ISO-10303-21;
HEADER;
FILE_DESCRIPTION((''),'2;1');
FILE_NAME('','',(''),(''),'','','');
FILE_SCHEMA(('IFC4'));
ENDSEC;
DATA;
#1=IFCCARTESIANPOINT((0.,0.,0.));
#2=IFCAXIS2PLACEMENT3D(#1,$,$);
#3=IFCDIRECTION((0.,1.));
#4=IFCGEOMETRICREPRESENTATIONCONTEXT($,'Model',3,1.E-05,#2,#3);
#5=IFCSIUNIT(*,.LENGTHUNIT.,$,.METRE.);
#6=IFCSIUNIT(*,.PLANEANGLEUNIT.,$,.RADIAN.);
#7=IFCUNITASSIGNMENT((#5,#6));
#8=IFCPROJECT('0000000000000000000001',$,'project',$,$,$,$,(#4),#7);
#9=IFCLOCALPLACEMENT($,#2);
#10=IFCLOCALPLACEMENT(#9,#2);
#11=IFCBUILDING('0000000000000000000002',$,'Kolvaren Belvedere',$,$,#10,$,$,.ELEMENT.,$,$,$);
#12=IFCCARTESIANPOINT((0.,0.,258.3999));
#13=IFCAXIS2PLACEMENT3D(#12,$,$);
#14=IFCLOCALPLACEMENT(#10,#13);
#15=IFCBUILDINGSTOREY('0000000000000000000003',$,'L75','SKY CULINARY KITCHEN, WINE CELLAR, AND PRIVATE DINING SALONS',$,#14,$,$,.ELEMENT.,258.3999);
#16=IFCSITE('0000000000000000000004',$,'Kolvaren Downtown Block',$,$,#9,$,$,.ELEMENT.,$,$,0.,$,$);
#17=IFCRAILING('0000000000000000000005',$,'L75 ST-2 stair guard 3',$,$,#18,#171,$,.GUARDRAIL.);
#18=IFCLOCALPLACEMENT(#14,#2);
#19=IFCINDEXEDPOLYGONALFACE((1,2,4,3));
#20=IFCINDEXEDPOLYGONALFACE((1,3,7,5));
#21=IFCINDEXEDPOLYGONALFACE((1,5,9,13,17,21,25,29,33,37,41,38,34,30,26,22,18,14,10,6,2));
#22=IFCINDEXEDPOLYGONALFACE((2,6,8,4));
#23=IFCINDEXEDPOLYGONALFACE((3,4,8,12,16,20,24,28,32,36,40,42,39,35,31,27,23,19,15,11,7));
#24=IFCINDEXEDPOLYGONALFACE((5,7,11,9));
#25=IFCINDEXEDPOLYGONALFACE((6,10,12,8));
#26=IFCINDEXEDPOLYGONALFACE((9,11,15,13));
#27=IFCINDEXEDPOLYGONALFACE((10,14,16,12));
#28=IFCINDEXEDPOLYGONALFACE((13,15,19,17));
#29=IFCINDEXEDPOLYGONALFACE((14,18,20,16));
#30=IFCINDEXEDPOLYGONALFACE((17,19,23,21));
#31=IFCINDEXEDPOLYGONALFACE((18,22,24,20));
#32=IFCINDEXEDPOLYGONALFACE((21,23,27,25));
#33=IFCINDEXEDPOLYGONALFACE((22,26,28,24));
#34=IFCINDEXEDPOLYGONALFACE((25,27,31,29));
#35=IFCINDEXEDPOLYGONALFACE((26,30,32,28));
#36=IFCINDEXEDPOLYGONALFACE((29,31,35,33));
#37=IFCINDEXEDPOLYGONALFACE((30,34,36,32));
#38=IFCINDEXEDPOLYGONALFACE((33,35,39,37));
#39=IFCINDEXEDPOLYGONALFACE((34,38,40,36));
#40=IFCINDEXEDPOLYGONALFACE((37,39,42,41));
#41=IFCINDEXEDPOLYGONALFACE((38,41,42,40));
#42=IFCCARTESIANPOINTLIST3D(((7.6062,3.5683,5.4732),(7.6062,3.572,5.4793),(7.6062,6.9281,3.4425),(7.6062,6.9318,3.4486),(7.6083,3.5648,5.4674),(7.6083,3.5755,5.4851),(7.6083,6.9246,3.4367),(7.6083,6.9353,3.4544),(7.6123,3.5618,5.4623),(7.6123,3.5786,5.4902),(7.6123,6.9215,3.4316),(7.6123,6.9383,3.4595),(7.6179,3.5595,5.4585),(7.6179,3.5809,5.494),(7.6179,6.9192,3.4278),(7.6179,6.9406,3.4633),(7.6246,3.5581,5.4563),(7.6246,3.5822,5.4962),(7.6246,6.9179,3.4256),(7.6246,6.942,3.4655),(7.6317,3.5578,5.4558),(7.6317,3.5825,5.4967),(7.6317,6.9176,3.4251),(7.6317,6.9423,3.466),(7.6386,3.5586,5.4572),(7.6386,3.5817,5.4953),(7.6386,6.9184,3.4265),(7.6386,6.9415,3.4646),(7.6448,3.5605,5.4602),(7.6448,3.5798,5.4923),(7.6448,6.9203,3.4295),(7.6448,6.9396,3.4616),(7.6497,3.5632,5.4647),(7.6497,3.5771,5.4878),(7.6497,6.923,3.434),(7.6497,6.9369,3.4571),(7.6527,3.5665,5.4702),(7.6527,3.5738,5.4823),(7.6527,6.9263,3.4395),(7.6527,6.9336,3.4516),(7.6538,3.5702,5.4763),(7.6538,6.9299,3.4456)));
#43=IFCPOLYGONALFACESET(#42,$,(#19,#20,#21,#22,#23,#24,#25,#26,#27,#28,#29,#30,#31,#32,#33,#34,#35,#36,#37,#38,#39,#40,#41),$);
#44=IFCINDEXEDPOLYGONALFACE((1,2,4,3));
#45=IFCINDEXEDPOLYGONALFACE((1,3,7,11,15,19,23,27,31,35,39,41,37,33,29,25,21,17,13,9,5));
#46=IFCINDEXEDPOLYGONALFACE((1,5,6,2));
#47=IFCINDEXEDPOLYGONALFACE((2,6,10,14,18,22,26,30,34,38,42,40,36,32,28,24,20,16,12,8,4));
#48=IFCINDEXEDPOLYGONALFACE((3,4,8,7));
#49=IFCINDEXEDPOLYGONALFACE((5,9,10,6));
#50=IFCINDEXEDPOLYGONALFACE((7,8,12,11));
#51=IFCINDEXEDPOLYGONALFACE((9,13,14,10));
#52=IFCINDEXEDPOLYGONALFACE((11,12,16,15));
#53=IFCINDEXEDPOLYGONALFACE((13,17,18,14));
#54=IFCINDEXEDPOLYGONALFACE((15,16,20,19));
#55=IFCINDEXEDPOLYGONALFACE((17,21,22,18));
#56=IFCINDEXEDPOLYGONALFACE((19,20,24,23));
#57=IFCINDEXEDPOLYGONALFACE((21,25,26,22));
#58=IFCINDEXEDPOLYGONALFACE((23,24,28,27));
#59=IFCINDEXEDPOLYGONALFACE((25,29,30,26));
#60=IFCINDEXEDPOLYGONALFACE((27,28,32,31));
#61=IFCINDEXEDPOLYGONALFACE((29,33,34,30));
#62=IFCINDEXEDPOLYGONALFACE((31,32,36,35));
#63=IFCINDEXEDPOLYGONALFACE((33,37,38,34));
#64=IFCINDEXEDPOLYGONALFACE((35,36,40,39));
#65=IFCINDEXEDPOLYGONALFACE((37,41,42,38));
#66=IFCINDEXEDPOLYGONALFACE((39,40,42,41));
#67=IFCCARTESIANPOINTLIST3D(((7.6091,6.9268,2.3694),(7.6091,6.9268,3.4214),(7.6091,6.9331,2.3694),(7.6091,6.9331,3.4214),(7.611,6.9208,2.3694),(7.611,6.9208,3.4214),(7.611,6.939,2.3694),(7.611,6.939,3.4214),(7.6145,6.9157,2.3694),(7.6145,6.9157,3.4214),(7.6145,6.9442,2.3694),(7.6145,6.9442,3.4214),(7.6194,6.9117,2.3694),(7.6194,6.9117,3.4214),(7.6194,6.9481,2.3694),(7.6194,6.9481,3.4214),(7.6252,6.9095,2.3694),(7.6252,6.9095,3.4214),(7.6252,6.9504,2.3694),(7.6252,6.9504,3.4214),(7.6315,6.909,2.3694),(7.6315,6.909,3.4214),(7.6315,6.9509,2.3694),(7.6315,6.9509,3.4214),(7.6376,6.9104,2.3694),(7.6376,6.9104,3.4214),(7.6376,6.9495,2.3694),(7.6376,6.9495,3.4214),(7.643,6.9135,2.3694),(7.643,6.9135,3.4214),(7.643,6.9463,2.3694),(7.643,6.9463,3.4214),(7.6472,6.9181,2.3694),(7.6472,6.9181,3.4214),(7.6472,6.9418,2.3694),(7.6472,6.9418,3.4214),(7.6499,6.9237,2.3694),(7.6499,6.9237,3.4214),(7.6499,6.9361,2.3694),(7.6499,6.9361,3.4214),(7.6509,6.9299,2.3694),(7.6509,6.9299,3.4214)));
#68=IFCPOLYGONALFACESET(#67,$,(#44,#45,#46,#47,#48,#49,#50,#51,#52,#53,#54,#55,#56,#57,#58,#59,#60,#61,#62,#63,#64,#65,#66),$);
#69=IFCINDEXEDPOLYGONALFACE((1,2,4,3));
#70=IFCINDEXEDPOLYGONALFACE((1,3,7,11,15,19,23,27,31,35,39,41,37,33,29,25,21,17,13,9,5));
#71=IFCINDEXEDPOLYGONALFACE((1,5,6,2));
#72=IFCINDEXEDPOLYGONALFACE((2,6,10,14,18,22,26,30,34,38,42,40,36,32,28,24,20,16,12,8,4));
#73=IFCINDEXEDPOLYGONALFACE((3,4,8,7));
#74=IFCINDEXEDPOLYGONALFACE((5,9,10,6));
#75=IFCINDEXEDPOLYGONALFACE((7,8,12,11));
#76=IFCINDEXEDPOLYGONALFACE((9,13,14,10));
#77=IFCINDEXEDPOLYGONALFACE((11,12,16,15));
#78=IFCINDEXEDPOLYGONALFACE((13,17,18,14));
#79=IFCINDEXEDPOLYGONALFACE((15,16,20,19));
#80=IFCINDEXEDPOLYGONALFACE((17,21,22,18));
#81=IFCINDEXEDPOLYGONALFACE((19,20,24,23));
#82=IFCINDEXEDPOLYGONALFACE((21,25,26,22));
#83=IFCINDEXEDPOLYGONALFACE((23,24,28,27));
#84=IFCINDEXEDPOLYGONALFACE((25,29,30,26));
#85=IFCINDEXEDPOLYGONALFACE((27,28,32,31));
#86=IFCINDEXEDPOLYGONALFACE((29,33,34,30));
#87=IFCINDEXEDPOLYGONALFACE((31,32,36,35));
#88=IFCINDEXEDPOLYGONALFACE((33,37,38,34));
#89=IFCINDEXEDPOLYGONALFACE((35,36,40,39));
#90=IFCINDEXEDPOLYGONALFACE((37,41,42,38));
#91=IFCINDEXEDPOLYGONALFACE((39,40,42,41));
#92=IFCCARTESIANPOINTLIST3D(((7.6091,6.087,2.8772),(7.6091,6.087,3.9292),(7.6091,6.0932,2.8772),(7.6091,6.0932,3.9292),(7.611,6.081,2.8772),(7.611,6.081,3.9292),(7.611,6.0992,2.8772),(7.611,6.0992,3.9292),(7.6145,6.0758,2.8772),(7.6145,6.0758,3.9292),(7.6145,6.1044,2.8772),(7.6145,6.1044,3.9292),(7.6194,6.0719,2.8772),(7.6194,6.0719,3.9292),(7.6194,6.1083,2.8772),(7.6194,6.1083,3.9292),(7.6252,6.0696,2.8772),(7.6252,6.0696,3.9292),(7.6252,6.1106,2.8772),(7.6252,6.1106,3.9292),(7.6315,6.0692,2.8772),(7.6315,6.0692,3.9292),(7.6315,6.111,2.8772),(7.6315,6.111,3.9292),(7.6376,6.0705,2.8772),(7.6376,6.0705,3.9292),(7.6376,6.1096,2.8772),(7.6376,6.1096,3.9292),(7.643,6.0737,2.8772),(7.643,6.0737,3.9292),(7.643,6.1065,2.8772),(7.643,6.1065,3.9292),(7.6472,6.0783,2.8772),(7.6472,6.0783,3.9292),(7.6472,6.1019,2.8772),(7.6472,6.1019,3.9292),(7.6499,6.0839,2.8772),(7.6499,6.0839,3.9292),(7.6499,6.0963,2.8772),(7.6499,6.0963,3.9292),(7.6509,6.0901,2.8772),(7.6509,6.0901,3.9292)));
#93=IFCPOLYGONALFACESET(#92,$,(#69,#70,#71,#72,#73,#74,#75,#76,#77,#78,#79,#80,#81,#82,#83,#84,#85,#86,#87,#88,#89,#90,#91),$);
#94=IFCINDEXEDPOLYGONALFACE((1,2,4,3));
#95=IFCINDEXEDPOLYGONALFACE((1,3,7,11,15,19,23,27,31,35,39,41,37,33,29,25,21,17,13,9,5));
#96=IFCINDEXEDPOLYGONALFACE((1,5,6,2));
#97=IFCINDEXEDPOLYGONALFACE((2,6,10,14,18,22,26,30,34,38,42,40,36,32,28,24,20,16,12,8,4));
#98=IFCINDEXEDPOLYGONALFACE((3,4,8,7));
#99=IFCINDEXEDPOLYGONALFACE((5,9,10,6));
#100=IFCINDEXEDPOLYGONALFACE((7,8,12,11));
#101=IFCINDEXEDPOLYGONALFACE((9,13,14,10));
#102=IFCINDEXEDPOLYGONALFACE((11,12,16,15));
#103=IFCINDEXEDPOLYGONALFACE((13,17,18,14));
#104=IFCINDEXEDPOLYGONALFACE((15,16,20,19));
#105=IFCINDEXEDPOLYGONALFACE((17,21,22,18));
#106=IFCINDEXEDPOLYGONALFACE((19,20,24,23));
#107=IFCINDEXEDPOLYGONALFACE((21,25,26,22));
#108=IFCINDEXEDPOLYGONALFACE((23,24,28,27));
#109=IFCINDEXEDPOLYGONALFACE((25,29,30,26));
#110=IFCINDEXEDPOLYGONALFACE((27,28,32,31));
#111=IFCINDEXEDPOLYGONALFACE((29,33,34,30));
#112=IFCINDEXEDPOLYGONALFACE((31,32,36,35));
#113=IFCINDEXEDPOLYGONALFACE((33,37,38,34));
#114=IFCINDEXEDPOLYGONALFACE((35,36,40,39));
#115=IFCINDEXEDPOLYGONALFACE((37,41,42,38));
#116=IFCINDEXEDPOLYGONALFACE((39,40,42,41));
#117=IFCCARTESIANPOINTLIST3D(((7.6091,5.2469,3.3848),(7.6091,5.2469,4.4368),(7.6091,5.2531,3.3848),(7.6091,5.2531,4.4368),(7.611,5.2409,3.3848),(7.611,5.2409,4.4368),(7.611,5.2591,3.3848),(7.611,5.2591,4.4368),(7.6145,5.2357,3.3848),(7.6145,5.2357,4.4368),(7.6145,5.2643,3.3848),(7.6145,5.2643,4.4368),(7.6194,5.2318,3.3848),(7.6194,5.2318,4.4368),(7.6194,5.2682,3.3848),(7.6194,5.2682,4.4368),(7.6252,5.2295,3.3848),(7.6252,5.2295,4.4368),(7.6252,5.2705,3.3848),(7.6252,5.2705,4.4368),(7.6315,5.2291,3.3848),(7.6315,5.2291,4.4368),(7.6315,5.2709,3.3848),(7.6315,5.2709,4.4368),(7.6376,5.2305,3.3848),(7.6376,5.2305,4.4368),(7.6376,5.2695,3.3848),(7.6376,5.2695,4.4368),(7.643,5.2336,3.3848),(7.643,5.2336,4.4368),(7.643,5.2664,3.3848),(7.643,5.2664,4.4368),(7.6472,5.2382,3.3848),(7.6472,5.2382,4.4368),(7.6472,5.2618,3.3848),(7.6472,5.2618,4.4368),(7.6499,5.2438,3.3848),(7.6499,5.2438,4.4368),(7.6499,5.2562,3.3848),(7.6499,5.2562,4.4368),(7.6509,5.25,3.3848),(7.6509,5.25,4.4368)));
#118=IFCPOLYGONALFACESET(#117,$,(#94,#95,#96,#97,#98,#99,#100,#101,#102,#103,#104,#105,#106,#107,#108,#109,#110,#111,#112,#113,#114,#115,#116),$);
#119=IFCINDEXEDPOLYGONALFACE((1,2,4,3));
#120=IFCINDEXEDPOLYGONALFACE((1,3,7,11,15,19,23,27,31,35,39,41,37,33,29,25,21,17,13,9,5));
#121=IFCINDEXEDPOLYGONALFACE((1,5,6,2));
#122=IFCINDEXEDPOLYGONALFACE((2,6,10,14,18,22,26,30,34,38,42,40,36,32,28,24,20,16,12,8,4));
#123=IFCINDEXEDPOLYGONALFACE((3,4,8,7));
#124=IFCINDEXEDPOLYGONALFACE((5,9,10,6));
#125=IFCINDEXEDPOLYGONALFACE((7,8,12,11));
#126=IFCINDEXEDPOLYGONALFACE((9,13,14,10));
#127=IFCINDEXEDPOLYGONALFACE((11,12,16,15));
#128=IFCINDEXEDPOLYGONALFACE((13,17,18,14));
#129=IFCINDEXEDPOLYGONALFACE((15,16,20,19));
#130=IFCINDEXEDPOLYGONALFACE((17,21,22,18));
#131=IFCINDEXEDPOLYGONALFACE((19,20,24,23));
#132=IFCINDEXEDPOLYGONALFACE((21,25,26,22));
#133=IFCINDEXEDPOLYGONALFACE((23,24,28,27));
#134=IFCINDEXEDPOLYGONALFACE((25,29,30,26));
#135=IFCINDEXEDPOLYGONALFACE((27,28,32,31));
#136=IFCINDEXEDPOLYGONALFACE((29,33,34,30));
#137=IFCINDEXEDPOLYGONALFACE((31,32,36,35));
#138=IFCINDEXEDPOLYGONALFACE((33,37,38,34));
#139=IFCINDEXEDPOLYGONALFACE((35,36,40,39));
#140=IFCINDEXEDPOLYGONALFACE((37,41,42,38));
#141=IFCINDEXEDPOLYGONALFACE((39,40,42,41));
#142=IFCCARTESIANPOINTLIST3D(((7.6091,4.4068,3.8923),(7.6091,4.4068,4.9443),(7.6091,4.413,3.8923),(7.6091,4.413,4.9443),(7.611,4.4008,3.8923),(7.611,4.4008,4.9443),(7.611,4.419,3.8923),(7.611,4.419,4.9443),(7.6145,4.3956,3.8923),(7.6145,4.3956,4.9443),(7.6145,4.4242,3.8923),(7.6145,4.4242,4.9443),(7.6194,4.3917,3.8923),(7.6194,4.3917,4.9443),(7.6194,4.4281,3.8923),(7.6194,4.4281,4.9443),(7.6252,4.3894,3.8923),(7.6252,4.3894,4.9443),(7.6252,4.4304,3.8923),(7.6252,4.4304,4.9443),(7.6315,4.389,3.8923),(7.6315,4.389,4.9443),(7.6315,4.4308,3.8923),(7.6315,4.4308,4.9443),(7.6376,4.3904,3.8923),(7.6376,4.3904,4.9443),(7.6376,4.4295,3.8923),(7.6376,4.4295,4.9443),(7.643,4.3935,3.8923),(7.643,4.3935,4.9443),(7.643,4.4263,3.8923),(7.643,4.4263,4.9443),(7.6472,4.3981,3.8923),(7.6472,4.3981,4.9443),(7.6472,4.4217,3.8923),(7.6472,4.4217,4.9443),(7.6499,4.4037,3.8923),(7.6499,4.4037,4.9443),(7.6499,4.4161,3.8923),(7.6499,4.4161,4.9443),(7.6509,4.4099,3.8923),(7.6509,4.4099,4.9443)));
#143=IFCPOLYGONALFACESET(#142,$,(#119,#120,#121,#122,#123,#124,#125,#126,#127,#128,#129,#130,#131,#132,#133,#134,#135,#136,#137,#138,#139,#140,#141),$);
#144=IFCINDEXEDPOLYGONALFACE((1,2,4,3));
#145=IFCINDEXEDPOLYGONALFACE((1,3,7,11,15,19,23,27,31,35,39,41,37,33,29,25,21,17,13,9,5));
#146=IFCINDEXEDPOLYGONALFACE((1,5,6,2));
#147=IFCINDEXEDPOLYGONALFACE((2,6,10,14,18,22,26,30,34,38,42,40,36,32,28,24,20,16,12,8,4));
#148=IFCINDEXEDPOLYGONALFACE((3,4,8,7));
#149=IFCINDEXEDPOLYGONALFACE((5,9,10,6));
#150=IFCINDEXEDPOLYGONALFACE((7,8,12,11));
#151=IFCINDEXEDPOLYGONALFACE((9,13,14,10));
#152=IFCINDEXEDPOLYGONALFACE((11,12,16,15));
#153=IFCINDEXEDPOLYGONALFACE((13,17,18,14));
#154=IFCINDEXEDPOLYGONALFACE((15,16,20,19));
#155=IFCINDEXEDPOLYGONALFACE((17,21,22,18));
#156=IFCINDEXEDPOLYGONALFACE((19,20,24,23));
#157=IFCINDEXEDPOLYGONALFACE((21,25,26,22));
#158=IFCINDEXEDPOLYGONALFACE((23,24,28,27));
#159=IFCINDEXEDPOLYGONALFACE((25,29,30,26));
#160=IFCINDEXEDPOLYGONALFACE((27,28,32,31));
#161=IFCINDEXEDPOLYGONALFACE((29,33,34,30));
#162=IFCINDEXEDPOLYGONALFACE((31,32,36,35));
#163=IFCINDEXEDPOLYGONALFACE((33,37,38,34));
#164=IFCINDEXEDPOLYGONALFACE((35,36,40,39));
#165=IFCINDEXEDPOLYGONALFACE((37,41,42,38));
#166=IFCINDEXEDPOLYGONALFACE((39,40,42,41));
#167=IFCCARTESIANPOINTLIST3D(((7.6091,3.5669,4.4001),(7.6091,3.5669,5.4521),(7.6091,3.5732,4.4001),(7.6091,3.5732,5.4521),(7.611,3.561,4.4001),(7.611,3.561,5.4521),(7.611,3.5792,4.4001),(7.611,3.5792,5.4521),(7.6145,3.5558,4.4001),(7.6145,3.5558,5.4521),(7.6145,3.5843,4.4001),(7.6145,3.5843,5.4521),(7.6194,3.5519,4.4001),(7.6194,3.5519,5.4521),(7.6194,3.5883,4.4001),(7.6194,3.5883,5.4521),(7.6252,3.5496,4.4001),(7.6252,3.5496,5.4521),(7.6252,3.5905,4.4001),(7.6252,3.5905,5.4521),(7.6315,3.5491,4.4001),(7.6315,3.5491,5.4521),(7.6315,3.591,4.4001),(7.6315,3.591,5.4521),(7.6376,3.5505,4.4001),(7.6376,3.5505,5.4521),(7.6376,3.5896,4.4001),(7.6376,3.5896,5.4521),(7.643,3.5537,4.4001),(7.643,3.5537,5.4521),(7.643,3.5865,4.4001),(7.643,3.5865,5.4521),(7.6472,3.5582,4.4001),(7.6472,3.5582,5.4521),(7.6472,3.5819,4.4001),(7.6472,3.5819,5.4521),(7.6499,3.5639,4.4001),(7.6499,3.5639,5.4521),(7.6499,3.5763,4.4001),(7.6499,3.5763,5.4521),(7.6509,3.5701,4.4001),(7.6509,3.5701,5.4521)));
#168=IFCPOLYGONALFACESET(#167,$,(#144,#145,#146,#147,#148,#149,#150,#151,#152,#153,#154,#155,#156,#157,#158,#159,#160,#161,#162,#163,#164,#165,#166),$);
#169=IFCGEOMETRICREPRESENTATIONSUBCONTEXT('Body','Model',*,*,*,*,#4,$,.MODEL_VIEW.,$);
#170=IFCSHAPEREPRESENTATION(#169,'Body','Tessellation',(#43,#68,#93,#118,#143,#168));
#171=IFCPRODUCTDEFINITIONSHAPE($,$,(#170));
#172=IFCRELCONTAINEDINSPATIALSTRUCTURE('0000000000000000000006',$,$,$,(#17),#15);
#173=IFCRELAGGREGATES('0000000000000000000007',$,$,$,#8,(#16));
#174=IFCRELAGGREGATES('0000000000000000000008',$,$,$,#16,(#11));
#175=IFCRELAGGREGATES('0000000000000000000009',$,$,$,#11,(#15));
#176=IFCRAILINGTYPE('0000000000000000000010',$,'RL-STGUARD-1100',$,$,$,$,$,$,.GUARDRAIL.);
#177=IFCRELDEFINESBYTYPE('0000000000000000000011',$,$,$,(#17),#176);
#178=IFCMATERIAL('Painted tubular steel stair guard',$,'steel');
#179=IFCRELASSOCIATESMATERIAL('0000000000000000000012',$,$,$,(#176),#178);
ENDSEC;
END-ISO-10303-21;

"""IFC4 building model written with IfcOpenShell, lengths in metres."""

from ifc_helpers import new_model, si_unit, direction, frame, origin, origin_2d, place, context, subcontext, project, spatial, circle, extrude, material, type_object, element, save


model = new_model("IFC4")

# Units and contexts
model_context = context("Model", 3, precision=1e-05, world=origin(), true_north=direction((0.0, 1.0)))
body_context = subcontext(model_context, "Body", "Model", "MODEL_VIEW")
ifc_project = project(units=[si_unit("LENGTHUNIT", "METRE"), si_unit("PLANEANGLEUNIT", "RADIAN")], contexts=[model_context])

# Site, building, storey
site_placement = place(None, origin())
site = spatial("IfcSite", under=ifc_project, at=site_placement, Name="Kolvaren Downtown Block", CompositionType="ELEMENT", RefElevation=0.0)
building_placement = place(site_placement, origin())
building = spatial("IfcBuilding", under=site, at=building_placement, Name="Kolvaren Belvedere", CompositionType="ELEMENT")
storey_placement = place(building_placement, frame((0.0, 0.0, 258.3999)))
storey = spatial("IfcBuildingStorey", under=building, at=storey_placement, Name="L75", Description="SKY CULINARY KITCHEN, WINE CELLAR, AND PRIVATE DINING SALONS", CompositionType="ELEMENT", Elevation=258.3999)

# Railing
ifc_material_1 = material(Name="Painted tubular steel stair guard", Category="steel")
railing_type_1 = type_object("IfcRailingType", Name="RL-STGUARD-1100", PredefinedType="GUARDRAIL", material=ifc_material_1)
railing_1_placement = place(storey_placement, frame((7.6299, 6.9299, 2.3694)))
element("IfcRailing", 1, at=railing_1_placement, inside=storey, type_object=railing_type_1, Name="L75 ST-2 stair guard 3", PredefinedType="GUARDRAIL", context=body_context, shape_type="SweptSolid", body=[
    extrude(circle(Radius=0.0239, at=origin_2d()), frame((0.0, 0.0, 1.0762), z_axis=(0.0, -0.85582, 0.517273), x_axis=(1.0, 0.0, 0.0)), (0.0, 0.0, 1.0), 3.9258),
    extrude(circle(Radius=0.021, at=origin_2d()), origin(), (0.0, 0.0, 1.0), 1.052),
    extrude(circle(Radius=0.021, at=origin_2d()), frame((0.0, -0.8398, 0.5078)), (0.0, 0.0, 1.0), 1.052),
    extrude(circle(Radius=0.021, at=origin_2d()), frame((0.0, -1.6799, 1.0154)), (0.0, 0.0, 1.0), 1.052),
    extrude(circle(Radius=0.021, at=origin_2d()), frame((0.0, -2.52, 1.5229)), (0.0, 0.0, 1.0), 1.052),
    extrude(circle(Radius=0.021, at=origin_2d()), frame((0.0, -3.3599, 2.0308)), (0.0, 0.0, 1.0), 1.052),
])

save(model, "model.ifc")
